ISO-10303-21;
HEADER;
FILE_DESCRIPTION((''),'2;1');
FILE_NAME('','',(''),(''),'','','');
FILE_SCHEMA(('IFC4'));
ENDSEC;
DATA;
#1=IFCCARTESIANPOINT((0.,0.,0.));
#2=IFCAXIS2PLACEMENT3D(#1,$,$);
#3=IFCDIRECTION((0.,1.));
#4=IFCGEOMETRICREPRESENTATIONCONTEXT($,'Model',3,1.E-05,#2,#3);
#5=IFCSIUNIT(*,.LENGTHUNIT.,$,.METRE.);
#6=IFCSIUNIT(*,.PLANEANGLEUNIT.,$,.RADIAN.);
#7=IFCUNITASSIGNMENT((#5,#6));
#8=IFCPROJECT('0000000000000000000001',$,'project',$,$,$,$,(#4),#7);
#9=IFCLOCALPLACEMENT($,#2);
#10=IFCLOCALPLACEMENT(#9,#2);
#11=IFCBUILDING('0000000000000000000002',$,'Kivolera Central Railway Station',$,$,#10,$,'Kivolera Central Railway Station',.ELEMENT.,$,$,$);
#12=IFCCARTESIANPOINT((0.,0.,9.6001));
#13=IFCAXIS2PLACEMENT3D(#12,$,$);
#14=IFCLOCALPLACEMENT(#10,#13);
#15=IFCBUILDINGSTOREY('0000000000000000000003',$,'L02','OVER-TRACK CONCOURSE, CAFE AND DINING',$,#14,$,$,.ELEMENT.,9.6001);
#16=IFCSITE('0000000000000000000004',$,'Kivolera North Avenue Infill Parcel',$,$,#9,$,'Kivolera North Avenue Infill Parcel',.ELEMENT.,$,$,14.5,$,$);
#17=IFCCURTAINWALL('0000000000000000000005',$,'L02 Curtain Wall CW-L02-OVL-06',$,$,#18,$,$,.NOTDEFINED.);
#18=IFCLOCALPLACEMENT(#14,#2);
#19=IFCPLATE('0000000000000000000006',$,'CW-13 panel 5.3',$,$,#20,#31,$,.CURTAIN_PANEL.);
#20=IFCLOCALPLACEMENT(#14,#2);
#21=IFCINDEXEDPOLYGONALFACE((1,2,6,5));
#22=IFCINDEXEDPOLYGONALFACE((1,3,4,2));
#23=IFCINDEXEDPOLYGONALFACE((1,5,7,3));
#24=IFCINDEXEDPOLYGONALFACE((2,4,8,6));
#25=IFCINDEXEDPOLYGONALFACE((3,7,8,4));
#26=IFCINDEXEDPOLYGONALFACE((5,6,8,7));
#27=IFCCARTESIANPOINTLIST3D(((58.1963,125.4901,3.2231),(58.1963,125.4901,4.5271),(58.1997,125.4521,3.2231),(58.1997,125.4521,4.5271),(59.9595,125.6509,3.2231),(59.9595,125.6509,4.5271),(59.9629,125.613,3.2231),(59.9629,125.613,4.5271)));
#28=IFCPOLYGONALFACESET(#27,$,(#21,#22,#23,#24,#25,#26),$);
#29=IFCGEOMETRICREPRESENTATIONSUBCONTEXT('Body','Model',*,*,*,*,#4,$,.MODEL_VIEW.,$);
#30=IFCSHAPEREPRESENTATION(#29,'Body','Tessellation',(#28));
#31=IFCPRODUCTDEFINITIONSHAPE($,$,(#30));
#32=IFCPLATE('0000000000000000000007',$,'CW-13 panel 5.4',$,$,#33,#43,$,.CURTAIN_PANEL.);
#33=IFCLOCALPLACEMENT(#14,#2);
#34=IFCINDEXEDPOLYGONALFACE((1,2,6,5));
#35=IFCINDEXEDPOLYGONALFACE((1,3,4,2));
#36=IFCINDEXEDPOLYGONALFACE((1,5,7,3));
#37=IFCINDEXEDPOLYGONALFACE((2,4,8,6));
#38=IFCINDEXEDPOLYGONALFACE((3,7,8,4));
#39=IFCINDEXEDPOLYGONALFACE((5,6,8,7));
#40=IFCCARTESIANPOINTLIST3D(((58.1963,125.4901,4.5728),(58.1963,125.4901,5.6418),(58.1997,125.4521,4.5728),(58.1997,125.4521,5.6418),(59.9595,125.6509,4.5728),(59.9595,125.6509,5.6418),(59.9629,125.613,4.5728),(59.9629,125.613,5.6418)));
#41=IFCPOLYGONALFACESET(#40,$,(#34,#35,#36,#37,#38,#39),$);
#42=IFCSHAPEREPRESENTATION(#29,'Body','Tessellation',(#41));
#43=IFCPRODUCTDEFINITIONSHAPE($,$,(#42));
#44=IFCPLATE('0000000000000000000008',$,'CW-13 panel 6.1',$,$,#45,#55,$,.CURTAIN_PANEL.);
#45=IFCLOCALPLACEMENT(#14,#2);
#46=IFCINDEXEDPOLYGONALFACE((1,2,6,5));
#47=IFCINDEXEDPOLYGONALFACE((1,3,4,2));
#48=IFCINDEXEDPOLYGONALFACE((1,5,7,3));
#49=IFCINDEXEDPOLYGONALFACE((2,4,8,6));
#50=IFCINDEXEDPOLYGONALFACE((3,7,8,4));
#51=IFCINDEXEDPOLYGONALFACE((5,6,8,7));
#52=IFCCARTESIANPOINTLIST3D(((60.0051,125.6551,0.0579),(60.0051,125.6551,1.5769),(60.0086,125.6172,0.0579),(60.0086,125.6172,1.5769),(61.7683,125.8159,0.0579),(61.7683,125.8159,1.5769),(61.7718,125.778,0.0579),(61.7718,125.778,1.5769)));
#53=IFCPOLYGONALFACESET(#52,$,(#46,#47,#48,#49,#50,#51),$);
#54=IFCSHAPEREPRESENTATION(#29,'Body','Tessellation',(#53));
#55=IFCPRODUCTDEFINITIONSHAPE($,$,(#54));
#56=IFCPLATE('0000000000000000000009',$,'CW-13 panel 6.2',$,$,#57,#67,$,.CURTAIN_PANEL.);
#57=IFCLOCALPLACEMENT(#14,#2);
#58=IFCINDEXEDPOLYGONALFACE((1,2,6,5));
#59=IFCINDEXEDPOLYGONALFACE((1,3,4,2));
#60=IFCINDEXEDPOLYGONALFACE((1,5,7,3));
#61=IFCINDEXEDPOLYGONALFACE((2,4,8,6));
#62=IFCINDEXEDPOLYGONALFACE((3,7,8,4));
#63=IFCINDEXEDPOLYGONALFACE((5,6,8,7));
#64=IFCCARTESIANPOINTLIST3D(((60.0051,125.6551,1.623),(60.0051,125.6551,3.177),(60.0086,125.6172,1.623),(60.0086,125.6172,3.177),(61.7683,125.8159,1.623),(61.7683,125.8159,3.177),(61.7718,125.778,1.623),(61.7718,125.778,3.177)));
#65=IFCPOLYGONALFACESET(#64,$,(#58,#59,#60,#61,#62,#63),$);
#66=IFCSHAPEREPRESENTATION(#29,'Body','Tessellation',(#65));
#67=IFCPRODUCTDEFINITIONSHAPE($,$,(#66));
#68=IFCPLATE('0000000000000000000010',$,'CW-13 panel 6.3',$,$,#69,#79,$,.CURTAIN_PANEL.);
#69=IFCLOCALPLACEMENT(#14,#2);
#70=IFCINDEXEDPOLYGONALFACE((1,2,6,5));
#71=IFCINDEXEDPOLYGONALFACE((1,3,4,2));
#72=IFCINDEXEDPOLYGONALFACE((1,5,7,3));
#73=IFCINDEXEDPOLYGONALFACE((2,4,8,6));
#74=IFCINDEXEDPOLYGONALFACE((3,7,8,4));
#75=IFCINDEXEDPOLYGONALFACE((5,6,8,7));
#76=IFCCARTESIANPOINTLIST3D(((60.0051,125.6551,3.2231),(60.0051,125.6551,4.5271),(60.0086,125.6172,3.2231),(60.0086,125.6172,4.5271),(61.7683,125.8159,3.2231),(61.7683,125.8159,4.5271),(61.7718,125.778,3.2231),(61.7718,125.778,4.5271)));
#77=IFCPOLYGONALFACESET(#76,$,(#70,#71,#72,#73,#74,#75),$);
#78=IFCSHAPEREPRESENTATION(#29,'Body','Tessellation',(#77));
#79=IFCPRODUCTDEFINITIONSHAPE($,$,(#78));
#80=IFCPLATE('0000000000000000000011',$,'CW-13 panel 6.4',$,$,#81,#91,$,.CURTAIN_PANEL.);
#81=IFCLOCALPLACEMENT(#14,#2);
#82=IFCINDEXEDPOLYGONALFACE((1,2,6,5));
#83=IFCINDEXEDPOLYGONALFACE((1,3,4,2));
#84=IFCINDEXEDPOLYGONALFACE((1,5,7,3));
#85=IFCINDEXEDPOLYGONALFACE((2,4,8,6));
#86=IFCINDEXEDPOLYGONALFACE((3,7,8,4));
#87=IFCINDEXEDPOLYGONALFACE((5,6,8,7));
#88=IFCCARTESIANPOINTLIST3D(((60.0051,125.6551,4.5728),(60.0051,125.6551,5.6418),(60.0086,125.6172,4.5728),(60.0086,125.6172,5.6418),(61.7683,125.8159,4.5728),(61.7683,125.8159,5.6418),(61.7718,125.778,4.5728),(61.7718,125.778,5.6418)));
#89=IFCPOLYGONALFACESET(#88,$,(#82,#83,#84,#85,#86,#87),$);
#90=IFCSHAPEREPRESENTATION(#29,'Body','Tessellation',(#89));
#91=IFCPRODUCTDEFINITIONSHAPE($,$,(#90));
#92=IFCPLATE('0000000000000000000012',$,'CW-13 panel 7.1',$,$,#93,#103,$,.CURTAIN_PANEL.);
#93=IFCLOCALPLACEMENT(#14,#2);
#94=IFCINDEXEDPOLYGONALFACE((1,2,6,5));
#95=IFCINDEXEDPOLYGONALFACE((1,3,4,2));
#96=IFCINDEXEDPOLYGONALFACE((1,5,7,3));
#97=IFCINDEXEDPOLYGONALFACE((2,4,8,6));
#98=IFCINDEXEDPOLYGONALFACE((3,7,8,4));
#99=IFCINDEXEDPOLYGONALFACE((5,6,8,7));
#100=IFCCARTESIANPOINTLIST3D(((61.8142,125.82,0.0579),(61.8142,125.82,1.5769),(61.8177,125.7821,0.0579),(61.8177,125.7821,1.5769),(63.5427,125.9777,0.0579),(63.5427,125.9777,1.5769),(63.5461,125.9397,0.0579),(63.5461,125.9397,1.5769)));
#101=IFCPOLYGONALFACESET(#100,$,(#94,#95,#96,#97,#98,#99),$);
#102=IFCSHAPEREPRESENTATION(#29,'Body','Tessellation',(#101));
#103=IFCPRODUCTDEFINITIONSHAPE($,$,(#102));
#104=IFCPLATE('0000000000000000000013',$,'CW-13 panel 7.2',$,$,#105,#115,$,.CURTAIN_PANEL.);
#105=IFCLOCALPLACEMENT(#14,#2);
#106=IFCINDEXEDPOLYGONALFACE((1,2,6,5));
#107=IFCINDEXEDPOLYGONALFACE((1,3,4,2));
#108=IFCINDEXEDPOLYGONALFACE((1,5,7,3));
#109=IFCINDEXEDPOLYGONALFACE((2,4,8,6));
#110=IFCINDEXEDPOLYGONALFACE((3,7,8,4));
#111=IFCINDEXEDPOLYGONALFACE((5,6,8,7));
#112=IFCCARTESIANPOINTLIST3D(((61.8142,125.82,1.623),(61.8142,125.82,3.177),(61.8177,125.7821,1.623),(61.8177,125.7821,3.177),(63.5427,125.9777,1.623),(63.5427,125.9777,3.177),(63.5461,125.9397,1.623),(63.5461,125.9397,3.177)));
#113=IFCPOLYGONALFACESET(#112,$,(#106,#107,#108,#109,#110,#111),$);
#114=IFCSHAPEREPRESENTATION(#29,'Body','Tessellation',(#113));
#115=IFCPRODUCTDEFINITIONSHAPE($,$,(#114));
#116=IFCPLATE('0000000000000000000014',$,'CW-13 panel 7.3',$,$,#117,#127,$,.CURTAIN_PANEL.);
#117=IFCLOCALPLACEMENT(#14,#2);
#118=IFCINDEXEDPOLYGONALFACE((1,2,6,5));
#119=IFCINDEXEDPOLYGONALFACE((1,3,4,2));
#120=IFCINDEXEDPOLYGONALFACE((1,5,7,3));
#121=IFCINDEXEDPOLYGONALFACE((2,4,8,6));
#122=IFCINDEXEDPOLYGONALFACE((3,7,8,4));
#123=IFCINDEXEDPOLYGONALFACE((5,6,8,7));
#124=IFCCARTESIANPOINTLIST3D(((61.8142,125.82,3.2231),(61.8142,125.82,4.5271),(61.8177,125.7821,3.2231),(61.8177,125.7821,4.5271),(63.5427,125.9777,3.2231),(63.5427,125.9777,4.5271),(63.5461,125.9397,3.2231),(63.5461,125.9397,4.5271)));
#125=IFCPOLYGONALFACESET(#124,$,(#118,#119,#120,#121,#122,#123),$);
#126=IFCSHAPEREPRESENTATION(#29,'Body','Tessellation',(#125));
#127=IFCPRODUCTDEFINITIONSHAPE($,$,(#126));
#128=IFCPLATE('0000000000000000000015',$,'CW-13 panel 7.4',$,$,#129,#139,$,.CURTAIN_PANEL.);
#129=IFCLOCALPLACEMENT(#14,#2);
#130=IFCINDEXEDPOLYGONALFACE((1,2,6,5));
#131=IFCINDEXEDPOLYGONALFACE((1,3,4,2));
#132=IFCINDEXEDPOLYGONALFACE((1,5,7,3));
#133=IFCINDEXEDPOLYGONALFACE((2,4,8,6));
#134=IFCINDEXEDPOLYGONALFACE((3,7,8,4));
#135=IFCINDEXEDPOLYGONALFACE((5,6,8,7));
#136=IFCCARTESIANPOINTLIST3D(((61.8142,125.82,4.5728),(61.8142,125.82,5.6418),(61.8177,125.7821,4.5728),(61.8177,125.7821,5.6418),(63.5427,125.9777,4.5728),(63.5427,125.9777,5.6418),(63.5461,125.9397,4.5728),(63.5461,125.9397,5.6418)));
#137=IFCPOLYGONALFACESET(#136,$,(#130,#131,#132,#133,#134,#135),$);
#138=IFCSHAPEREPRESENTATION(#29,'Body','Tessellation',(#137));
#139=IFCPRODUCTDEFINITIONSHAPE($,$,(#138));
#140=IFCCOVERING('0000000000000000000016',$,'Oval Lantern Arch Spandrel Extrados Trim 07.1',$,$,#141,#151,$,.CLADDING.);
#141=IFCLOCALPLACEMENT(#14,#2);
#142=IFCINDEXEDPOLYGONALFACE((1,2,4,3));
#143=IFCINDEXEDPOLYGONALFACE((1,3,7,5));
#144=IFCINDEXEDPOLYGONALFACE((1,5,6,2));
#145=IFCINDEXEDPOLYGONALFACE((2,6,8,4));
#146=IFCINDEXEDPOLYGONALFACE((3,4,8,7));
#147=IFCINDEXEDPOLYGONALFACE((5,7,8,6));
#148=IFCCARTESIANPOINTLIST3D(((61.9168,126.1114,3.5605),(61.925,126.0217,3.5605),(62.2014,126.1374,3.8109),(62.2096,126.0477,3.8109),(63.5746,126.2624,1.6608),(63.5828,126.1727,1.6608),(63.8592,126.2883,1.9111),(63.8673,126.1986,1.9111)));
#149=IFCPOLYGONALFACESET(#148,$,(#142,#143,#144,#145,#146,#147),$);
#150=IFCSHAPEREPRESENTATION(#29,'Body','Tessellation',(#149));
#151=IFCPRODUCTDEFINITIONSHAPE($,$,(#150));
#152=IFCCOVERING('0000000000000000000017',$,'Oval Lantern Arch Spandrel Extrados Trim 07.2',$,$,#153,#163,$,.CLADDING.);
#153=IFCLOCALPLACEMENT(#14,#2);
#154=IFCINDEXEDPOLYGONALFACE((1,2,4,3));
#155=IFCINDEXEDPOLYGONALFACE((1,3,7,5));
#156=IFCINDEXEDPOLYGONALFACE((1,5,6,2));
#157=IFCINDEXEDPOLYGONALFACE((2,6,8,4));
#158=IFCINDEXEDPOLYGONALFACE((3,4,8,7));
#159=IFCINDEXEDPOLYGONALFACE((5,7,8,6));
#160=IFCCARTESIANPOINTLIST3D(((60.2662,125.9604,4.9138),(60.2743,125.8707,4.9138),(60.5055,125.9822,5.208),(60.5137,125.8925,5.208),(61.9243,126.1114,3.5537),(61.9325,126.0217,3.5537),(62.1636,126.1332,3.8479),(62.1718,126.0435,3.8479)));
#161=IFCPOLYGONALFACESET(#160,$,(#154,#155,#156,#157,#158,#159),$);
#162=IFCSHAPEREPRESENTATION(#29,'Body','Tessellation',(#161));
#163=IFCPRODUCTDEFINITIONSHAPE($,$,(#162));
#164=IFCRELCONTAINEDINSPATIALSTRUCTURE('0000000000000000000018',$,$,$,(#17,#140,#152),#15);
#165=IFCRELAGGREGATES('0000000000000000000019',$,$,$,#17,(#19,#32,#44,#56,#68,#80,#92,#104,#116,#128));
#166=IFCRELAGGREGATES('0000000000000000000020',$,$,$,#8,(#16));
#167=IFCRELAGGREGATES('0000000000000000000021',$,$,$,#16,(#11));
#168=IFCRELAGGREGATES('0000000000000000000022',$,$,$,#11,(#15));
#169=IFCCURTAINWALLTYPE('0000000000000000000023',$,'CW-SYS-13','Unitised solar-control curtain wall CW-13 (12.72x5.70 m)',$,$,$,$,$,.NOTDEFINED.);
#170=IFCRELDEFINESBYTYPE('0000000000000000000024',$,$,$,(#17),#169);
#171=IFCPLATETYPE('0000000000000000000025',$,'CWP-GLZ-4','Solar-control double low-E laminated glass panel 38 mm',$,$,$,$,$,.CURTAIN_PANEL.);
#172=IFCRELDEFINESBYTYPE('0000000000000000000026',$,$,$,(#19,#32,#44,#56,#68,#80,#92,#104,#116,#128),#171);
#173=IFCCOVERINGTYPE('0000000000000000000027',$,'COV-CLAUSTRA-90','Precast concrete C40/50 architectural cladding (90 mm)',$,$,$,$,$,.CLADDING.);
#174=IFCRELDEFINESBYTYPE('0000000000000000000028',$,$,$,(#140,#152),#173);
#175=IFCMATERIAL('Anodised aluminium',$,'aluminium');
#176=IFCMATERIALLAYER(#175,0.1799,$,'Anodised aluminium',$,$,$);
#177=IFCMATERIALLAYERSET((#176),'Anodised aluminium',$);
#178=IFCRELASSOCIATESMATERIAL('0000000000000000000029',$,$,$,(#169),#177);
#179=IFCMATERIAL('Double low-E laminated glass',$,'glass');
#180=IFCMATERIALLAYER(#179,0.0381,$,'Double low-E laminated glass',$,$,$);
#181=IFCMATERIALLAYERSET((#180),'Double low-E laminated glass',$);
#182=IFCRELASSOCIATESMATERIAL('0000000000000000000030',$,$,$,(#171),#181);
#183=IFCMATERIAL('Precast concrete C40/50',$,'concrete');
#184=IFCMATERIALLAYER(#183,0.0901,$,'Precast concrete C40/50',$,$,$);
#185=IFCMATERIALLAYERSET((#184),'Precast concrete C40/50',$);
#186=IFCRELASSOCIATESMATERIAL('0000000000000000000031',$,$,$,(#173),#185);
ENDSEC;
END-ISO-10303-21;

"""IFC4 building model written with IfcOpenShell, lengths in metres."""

from ifc_helpers import new_model, si_unit, direction, frame, origin, origin_2d, place, context, subcontext, project, spatial, rectangle, extrude, material, layer, layer_set, type_object, element, aggregate, save


model = new_model("IFC4")

# Units and contexts
model_context = context("Model", 3, precision=1e-05, world=origin(), true_north=direction((0.0, 1.0)))
body_context = subcontext(model_context, "Body", "Model", "MODEL_VIEW")
ifc_project = project(units=[si_unit("LENGTHUNIT", "METRE"), si_unit("PLANEANGLEUNIT", "RADIAN")], contexts=[model_context])

# Site, building, storey
site_placement = place(None, origin())
site = spatial("IfcSite", under=ifc_project, at=site_placement, Name="Kivolera North Avenue Infill Parcel", LongName="Kivolera North Avenue Infill Parcel", CompositionType="ELEMENT", RefElevation=14.5)
building_placement = place(site_placement, origin())
building = spatial("IfcBuilding", under=site, at=building_placement, Name="Kivolera Central Railway Station", LongName="Kivolera Central Railway Station", CompositionType="ELEMENT")
storey_placement = place(building_placement, frame((0.0, 0.0, 9.6001)))
storey = spatial("IfcBuildingStorey", under=building, at=storey_placement, Name="L02", Description="OVER-TRACK CONCOURSE, CAFE AND DINING", CompositionType="ELEMENT", Elevation=9.6001)

# Shared definitions
ifc_material_1 = material(Name="Anodised aluminium", Category="aluminium")
ifc_layer_1 = layer(ifc_material_1, 0.1799, Name="Anodised aluminium")
ifc_layer_set_1 = layer_set([ifc_layer_1], Name="Anodised aluminium")
curtain_wall_type = type_object("IfcCurtainWallType", Name="CW-SYS-13", Description="Unitised solar-control curtain wall CW-13 (12.72x5.70 m)", PredefinedType="NOTDEFINED", material=ifc_layer_set_1)

# Curtain wall
curtain_wall_1_placement = place(storey_placement, origin())
curtain_wall_1 = element("IfcCurtainWall", 1, at=curtain_wall_1_placement, inside=storey, type_object=curtain_wall_type, Name="L02 Curtain Wall CW-L02-OVL-06", PredefinedType="NOTDEFINED")

# Plates
ifc_material_2 = material(Name="Double low-E laminated glass", Category="glass")
ifc_layer_2 = layer(ifc_material_2, 0.0381, Name="Double low-E laminated glass")
ifc_layer_set_2 = layer_set([ifc_layer_2], Name="Double low-E laminated glass")
plate_type = type_object("IfcPlateType", Name="CWP-GLZ-4", Description="Solar-control double low-E laminated glass panel 38 mm", PredefinedType="CURTAIN_PANEL", material=ifc_layer_set_2)
plate_1_placement = place(storey_placement, frame((59.0796, 125.5515, 3.2231), z_axis=(0.0, 0.0, 1.0), x_axis=(0.995866, 0.090834, 0.0)))
plate_1 = element("IfcPlate", 2, at=plate_1_placement, type_object=plate_type, Name="CW-13 panel 5.3", PredefinedType="CURTAIN_PANEL", context=body_context, shape_type="SweptSolid", body=[
    extrude(rectangle(XDim=1.7705, YDim=0.0381, at=origin_2d()), origin(), (0.0, 0.0, 1.0), 1.304),
])
plate_2_placement = place(storey_placement, frame((59.0796, 125.5515, 4.5728), z_axis=(0.0, 0.0, 1.0), x_axis=(0.995866, 0.090834, 0.0)))
plate_2 = element("IfcPlate", 3, at=plate_2_placement, type_object=plate_type, Name="CW-13 panel 5.4", PredefinedType="CURTAIN_PANEL", context=body_context, shape_type="SweptSolid", body=[
    extrude(rectangle(XDim=1.7705, YDim=0.0381, at=origin_2d()), origin(), (0.0, 0.0, 1.0), 1.0691),
])
plate_3_placement = place(storey_placement, frame((60.8884, 125.7166, 0.0579), z_axis=(0.0, 0.0, 1.0), x_axis=(0.995866, 0.090834, 0.0)))
plate_3 = element("IfcPlate", 4, at=plate_3_placement, type_object=plate_type, Name="CW-13 panel 6.1", PredefinedType="CURTAIN_PANEL", context=body_context, shape_type="SweptSolid", body=[
    extrude(rectangle(XDim=1.7705, YDim=0.0381, at=origin_2d()), origin(), (0.0, 0.0, 1.0), 1.519),
])
plate_4_placement = place(storey_placement, frame((60.8884, 125.7166, 1.623), z_axis=(0.0, 0.0, 1.0), x_axis=(0.995866, 0.090834, 0.0)))
plate_4 = element("IfcPlate", 5, at=plate_4_placement, type_object=plate_type, Name="CW-13 panel 6.2", PredefinedType="CURTAIN_PANEL", context=body_context, shape_type="SweptSolid", body=[
    extrude(rectangle(XDim=1.7705, YDim=0.0381, at=origin_2d()), origin(), (0.0, 0.0, 1.0), 1.554),
])
plate_5_placement = place(storey_placement, frame((60.8884, 125.7166, 3.2231), z_axis=(0.0, 0.0, 1.0), x_axis=(0.995866, 0.090834, 0.0)))
plate_5 = element("IfcPlate", 6, at=plate_5_placement, type_object=plate_type, Name="CW-13 panel 6.3", PredefinedType="CURTAIN_PANEL", context=body_context, shape_type="SweptSolid", body=[
    extrude(rectangle(XDim=1.7705, YDim=0.0381, at=origin_2d()), origin(), (0.0, 0.0, 1.0), 1.304),
])
plate_6_placement = place(storey_placement, frame((60.8884, 125.7166, 4.5728), z_axis=(0.0, 0.0, 1.0), x_axis=(0.995866, 0.090834, 0.0)))
plate_6 = element("IfcPlate", 7, at=plate_6_placement, type_object=plate_type, Name="CW-13 panel 6.4", PredefinedType="CURTAIN_PANEL", context=body_context, shape_type="SweptSolid", body=[
    extrude(rectangle(XDim=1.7705, YDim=0.0381, at=origin_2d()), origin(), (0.0, 0.0, 1.0), 1.0691),
])
plate_7_placement = place(storey_placement, frame((62.6802, 125.8799, 0.0579), z_axis=(0.0, 0.0, 1.0), x_axis=(0.995866, 0.090834, 0.0)))
plate_7 = element("IfcPlate", 8, at=plate_7_placement, type_object=plate_type, Name="CW-13 panel 7.1", PredefinedType="CURTAIN_PANEL", context=body_context, shape_type="SweptSolid", body=[
    extrude(rectangle(XDim=1.7356, YDim=0.0381, at=origin_2d()), origin(), (0.0, 0.0, 1.0), 1.519),
])
plate_8_placement = place(storey_placement, frame((62.6802, 125.8799, 1.623), z_axis=(0.0, 0.0, 1.0), x_axis=(0.995866, 0.090834, 0.0)))
plate_8 = element("IfcPlate", 9, at=plate_8_placement, type_object=plate_type, Name="CW-13 panel 7.2", PredefinedType="CURTAIN_PANEL", context=body_context, shape_type="SweptSolid", body=[
    extrude(rectangle(XDim=1.7356, YDim=0.0381, at=origin_2d()), origin(), (0.0, 0.0, 1.0), 1.554),
])
plate_9_placement = place(storey_placement, frame((62.6802, 125.8799, 3.2231), z_axis=(0.0, 0.0, 1.0), x_axis=(0.995866, 0.090834, 0.0)))
plate_9 = element("IfcPlate", 10, at=plate_9_placement, type_object=plate_type, Name="CW-13 panel 7.3", PredefinedType="CURTAIN_PANEL", context=body_context, shape_type="SweptSolid", body=[
    extrude(rectangle(XDim=1.7356, YDim=0.0381, at=origin_2d()), origin(), (0.0, 0.0, 1.0), 1.304),
])
plate_10_placement = place(storey_placement, frame((62.6802, 125.8799, 4.5728), z_axis=(0.0, 0.0, 1.0), x_axis=(0.995866, 0.090834, 0.0)))
plate_10 = element("IfcPlate", 11, at=plate_10_placement, type_object=plate_type, Name="CW-13 panel 7.4", PredefinedType="CURTAIN_PANEL", context=body_context, shape_type="SweptSolid", body=[
    extrude(rectangle(XDim=1.7356, YDim=0.0381, at=origin_2d()), origin(), (0.0, 0.0, 1.0), 1.0691),
])
aggregate(curtain_wall_1, [plate_1, plate_2, plate_3, plate_4, plate_5, plate_6, plate_7, plate_8, plate_9, plate_10])

# Coverings
ifc_material_3 = material(Name="Precast concrete C40/50", Category="concrete")
ifc_layer_3 = layer(ifc_material_3, 0.0901, Name="Precast concrete C40/50")
ifc_layer_set_3 = layer_set([ifc_layer_3], Name="Precast concrete C40/50")
covering_type = type_object("IfcCoveringType", Name="COV-CLAUSTRA-90", Description="Precast concrete C40/50 architectural cladding (90 mm)", PredefinedType="CLADDING", material=ifc_layer_set_3)
covering_1_placement = place(storey_placement, frame((62.8921, 126.155, 2.7358), z_axis=(-0.656318, -0.059773, 0.752113), x_axis=(-0.090789, 0.99587, 0.0)))
element("IfcCovering", 12, at=covering_1_placement, inside=storey, type_object=covering_type, Name="Oval Lantern Arch Spandrel Extrados Trim 07.1", PredefinedType="CLADDING", context=body_context, shape_type="SweptSolid", body=[
    extrude(rectangle(XDim=0.0901, YDim=0.3799, at=origin_2d()), frame((0.0, 0.0, -1.2629)), (0.0, 0.0, 1.0), 2.5259),
])
covering_2_placement = place(storey_placement, frame((61.219, 126.002, 4.3809), z_axis=(-0.771257, -0.070241, 0.632636), x_axis=(-0.090789, 0.99587, 0.0)))
element("IfcCovering", 13, at=covering_2_placement, inside=storey, type_object=covering_type, Name="Oval Lantern Arch Spandrel Extrados Trim 07.2", PredefinedType="CLADDING", context=body_context, shape_type="SweptSolid", body=[
    extrude(rectangle(XDim=0.0901, YDim=0.3799, at=origin_2d()), frame((0.0, 0.0, -1.075)), (0.0, 0.0, 1.0), 2.1499),
])

save(model, "model.ifc")
